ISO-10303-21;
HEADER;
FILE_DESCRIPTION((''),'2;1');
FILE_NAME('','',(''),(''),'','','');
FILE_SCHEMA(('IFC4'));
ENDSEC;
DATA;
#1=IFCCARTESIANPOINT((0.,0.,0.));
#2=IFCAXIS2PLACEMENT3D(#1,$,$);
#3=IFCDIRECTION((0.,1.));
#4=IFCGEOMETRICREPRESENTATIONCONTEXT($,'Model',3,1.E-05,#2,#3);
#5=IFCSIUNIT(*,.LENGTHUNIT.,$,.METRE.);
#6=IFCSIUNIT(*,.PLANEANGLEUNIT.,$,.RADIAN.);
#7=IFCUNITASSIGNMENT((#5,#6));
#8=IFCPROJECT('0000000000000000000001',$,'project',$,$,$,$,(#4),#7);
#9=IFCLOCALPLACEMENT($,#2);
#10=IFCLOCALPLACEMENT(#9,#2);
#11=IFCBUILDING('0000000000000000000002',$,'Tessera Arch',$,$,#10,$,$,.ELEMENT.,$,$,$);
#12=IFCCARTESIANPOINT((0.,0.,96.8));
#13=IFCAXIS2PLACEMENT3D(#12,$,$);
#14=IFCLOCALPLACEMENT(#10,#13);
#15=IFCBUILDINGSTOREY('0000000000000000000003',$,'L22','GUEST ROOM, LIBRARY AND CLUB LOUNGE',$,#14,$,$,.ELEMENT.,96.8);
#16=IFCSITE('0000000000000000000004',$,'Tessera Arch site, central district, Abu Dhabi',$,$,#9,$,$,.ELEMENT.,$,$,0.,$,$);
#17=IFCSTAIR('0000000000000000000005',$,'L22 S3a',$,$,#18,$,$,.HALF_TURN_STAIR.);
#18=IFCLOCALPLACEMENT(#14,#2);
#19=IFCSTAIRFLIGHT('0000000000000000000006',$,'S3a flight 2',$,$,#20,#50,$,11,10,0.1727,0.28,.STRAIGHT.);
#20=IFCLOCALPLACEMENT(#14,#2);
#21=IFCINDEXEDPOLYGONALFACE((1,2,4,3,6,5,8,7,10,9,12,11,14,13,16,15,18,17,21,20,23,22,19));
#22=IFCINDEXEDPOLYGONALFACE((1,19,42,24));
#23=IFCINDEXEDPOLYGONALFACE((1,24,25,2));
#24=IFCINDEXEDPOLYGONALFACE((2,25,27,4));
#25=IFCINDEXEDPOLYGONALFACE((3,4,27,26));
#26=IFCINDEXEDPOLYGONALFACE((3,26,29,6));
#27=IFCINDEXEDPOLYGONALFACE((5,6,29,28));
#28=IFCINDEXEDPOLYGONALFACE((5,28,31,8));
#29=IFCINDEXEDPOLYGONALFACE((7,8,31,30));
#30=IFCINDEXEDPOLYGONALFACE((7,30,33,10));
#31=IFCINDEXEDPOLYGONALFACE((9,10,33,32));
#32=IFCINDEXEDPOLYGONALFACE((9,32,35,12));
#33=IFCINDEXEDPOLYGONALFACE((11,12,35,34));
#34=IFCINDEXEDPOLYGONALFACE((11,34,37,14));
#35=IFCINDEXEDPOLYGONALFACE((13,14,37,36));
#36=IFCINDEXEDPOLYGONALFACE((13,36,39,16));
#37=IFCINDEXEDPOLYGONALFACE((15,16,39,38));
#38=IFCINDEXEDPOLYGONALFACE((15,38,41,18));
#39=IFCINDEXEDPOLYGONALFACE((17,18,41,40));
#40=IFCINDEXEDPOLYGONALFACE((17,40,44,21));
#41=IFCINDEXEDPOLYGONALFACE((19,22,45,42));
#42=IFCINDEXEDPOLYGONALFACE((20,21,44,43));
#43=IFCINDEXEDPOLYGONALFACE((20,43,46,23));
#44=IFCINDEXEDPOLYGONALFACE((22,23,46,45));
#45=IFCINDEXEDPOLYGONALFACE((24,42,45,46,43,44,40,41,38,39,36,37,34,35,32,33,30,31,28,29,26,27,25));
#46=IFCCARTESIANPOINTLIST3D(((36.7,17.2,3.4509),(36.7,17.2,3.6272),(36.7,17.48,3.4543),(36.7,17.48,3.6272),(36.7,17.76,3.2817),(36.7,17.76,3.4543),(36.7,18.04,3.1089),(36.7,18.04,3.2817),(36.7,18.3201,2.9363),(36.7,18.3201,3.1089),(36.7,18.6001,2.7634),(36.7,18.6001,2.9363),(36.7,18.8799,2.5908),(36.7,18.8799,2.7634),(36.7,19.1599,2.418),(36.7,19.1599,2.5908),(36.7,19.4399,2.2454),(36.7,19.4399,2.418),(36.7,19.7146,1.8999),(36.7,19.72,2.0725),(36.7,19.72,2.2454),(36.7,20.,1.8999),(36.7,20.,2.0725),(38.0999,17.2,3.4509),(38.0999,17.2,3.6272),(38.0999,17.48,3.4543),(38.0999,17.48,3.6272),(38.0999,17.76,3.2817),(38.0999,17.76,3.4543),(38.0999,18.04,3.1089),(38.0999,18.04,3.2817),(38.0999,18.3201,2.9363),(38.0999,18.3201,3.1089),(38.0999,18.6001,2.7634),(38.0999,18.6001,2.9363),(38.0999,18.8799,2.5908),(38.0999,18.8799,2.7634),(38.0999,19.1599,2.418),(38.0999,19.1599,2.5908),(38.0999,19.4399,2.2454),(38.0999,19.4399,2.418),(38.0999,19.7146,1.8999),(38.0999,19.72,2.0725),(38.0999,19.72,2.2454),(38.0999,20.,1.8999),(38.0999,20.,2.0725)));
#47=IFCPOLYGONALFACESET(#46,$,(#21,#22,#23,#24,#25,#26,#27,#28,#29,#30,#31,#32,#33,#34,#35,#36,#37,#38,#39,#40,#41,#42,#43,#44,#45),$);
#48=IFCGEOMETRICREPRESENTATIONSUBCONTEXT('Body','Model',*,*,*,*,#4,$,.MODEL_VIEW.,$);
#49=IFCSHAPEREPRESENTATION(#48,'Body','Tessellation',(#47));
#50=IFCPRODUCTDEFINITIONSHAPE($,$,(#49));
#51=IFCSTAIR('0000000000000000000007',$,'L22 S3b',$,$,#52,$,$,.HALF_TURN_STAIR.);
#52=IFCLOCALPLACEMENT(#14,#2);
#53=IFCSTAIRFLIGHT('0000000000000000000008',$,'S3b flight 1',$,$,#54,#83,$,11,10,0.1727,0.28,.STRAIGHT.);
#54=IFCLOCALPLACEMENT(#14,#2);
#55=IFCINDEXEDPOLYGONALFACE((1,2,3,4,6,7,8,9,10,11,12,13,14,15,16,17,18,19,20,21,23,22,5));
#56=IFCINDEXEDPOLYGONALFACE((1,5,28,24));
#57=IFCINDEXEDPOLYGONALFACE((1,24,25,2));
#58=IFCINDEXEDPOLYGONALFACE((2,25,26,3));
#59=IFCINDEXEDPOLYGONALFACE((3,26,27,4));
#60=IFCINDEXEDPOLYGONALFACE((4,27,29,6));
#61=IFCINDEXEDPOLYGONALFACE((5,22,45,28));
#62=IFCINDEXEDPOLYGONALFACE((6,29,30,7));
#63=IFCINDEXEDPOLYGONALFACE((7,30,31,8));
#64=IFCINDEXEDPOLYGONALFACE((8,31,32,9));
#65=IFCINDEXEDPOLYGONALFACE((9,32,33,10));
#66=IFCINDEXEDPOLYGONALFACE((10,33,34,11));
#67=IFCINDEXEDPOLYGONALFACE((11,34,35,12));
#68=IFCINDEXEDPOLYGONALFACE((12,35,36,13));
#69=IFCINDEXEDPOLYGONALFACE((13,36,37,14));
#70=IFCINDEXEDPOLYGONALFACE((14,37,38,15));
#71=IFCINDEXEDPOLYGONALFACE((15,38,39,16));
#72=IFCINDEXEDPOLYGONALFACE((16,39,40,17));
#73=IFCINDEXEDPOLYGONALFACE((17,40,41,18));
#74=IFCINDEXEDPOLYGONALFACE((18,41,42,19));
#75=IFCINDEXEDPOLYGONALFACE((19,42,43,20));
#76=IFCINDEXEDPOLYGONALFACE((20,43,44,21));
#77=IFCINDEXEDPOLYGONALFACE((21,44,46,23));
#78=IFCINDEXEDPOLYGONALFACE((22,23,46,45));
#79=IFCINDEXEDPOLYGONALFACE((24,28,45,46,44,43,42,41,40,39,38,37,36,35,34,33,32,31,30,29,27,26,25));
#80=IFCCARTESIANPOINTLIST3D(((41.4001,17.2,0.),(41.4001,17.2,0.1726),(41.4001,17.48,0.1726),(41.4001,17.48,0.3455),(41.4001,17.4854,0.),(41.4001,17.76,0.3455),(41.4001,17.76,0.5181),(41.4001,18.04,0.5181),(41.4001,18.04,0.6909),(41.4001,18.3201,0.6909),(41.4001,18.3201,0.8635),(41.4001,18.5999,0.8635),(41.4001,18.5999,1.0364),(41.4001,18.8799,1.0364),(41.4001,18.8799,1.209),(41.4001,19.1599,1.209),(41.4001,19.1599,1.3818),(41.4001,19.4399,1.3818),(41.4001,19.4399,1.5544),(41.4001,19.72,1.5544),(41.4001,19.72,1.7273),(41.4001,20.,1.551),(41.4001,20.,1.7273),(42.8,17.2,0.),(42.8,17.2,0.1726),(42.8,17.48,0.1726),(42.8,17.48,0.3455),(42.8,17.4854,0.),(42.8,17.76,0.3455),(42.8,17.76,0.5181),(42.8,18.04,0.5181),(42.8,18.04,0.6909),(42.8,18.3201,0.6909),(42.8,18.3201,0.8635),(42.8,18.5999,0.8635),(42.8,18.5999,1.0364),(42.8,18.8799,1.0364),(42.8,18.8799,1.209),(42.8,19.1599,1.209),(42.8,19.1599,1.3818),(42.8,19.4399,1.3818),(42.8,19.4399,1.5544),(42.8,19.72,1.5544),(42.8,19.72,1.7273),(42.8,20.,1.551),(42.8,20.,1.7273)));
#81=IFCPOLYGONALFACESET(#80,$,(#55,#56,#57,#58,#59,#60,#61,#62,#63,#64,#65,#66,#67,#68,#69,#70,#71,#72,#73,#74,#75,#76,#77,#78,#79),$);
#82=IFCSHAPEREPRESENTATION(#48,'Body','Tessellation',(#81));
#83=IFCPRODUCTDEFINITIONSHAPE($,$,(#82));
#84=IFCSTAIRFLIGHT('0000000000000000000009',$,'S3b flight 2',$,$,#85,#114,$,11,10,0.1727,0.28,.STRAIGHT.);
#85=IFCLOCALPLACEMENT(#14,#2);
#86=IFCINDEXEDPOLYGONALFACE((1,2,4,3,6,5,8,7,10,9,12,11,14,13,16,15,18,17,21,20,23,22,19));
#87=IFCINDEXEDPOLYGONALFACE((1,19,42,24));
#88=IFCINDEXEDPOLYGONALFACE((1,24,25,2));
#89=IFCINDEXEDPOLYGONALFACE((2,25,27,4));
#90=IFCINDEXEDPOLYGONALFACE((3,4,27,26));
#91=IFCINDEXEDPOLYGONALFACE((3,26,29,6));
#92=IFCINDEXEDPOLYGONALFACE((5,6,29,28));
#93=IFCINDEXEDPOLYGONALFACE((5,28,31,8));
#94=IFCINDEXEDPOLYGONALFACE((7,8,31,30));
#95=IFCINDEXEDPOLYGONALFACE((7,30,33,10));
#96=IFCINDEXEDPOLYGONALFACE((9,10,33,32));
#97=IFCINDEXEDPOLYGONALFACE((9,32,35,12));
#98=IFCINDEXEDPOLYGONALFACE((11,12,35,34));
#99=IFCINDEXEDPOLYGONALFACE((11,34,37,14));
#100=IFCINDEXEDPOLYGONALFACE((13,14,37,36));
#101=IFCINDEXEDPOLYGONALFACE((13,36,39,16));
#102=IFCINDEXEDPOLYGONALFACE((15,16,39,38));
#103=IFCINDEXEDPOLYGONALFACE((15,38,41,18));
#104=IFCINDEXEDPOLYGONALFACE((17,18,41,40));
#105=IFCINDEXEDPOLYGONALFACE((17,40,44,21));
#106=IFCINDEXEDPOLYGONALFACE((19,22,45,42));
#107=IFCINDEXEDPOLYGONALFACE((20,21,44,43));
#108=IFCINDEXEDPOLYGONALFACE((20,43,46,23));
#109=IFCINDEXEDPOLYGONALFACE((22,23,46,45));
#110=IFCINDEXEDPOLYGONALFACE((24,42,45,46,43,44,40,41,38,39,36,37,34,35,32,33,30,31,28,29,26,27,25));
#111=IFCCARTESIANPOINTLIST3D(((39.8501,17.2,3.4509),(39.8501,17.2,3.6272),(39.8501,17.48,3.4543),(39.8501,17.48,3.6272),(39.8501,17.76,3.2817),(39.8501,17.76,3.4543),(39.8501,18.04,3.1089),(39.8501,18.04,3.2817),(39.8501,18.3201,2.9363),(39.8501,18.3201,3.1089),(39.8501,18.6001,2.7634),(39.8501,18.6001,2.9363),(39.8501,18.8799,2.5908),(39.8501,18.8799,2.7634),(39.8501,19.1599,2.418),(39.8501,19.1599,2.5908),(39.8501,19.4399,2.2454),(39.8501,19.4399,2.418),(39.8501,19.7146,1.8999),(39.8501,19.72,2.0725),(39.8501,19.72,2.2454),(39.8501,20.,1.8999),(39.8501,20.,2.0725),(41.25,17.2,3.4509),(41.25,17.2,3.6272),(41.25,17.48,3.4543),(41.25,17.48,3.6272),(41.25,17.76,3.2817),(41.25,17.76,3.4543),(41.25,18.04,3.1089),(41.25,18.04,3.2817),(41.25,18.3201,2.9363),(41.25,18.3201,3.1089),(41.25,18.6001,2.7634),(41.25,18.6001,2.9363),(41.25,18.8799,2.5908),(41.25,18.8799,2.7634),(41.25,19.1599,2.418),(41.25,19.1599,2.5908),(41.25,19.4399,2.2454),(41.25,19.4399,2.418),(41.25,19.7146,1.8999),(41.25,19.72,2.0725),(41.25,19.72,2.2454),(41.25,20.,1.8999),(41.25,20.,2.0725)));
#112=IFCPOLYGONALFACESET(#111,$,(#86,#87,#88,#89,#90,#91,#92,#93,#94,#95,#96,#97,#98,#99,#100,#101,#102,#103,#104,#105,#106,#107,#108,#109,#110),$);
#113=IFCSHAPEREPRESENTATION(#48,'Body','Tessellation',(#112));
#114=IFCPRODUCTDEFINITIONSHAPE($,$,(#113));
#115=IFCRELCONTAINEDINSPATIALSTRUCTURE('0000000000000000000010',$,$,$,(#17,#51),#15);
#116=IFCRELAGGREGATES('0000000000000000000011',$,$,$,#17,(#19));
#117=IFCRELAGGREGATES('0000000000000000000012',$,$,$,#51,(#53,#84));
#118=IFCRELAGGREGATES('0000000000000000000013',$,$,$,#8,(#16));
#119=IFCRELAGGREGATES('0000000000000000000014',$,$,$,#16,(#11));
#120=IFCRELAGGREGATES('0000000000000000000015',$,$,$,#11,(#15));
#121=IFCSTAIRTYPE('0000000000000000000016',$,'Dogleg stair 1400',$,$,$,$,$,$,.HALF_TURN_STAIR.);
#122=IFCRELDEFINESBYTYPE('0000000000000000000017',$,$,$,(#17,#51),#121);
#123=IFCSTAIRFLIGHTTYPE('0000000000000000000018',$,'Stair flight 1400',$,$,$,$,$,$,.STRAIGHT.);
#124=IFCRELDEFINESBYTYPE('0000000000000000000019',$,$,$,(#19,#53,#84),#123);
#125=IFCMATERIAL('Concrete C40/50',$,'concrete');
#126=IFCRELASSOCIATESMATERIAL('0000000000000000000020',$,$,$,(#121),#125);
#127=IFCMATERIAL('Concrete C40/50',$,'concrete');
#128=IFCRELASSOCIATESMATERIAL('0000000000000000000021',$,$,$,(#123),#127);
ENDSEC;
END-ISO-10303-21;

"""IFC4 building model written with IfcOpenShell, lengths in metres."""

from ifc_helpers import new_model, si_unit, direction, frame, origin, place, context, subcontext, project, spatial, polyline, outline, extrude, material, type_object, element, aggregate, save


model = new_model("IFC4")

# Units and contexts
model_context = context("Model", 3, precision=1e-05, world=origin(), true_north=direction((0.0, 1.0)))
body_context = subcontext(model_context, "Body", "Model", "MODEL_VIEW")
ifc_project = project(units=[si_unit("LENGTHUNIT", "METRE"), si_unit("PLANEANGLEUNIT", "RADIAN")], contexts=[model_context])

# Site, building, storey
site_placement = place(None, origin())
site = spatial("IfcSite", under=ifc_project, at=site_placement, Name="Tessera Arch site, central district, Abu Dhabi", CompositionType="ELEMENT", RefElevation=0.0)
building_placement = place(site_placement, origin())
building = spatial("IfcBuilding", under=site, at=building_placement, Name="Tessera Arch", CompositionType="ELEMENT")
storey_placement = place(building_placement, frame((0.0, 0.0, 96.8)))
storey = spatial("IfcBuildingStorey", under=building, at=storey_placement, Name="L22", Description="GUEST ROOM, LIBRARY AND CLUB LOUNGE", CompositionType="ELEMENT", Elevation=96.8)

# Stairs, stair flights
ifc_material_1 = material(Name="Concrete C40/50", Category="concrete")
stair_type = type_object("IfcStairType", Name="Dogleg stair 1400", PredefinedType="HALF_TURN_STAIR", material=ifc_material_1)
stair_1_placement = place(storey_placement, origin())
stair_1 = element("IfcStair", 1, at=stair_1_placement, inside=storey, type_object=stair_type, Name="L22 S3a", PredefinedType="HALF_TURN_STAIR")
ifc_material_2 = material(Name="Concrete C40/50", Category="concrete")
stair_flight_type = type_object("IfcStairFlightType", Name="Stair flight 1400", PredefinedType="STRAIGHT", material=ifc_material_2)
stair_flight_1_placement = place(storey_placement, frame((37.3999, 20.0, 1.8999), z_axis=(0.0, 0.0, 1.0), x_axis=(0.0, -1.0, 0.0)))
stair_flight_1 = element("IfcStairFlight", 2, at=stair_flight_1_placement, type_object=stair_flight_type, Name="S3a flight 2", NumberOfRisers=11, NumberOfTreads=10, PredefinedType="STRAIGHT", RiserHeight=0.1727, TreadLength=0.28, context=body_context, shape_type="SweptSolid", body=[
    extrude(outline(polyline([(0.0, 0.0), (0.0, 0.1726), (0.28, 0.1726), (0.28, 0.3455), (0.5601, 0.3455), (0.5601, 0.5181), (0.8401, 0.5181), (0.8401, 0.6909), (1.1201, 0.6909), (1.1201, 0.8635), (1.3999, 0.8635), (1.3999, 1.0364), (1.6799, 1.0364), (1.6799, 1.209), (1.96, 1.209), (1.96, 1.3818), (2.24, 1.3818), (2.24, 1.5544), (2.52, 1.5544), (2.52, 1.7273), (2.8, 1.7273), (2.8, 1.8999), (2.8, 1.551), (0.2854, 0.0), (0.0, 0.0)])), frame((0.0, 0.7, 0.0), z_axis=(0.0, -1.0, 0.0), x_axis=(1.0, 0.0, 0.0)), (0.0, 0.0, 1.0), 1.3999),
])
aggregate(stair_1, [stair_flight_1])
stair_2_placement = place(storey_placement, origin())
stair_2 = element("IfcStair", 3, at=stair_2_placement, inside=storey, type_object=stair_type, Name="L22 S3b", PredefinedType="HALF_TURN_STAIR")
stair_flight_2_placement = place(storey_placement, frame((42.1001, 17.2, 0.0), z_axis=(0.0, 0.0, 1.0), x_axis=(0.0, 1.0, 0.0)))
stair_flight_2 = element("IfcStairFlight", 4, at=stair_flight_2_placement, type_object=stair_flight_type, Name="S3b flight 1", NumberOfRisers=11, NumberOfTreads=10, PredefinedType="STRAIGHT", RiserHeight=0.1727, TreadLength=0.28, context=body_context, shape_type="SweptSolid", body=[
    extrude(outline(polyline([(0.0, 0.0), (0.0, 0.1726), (0.28, 0.1726), (0.28, 0.3455), (0.5601, 0.3455), (0.5601, 0.5181), (0.8401, 0.5181), (0.8401, 0.6909), (1.1201, 0.6909), (1.1201, 0.8635), (1.3999, 0.8635), (1.3999, 1.0364), (1.6799, 1.0364), (1.6799, 1.209), (1.96, 1.209), (1.96, 1.3818), (2.24, 1.3818), (2.24, 1.5544), (2.52, 1.5544), (2.52, 1.7273), (2.8, 1.7273), (2.8, 1.8999), (2.8, 1.551), (0.2854, 0.0), (0.0, 0.0)])), frame((0.0, 0.7, 0.0), z_axis=(0.0, -1.0, 0.0), x_axis=(1.0, 0.0, 0.0)), (0.0, 0.0, 1.0), 1.3999),
])
stair_flight_3_placement = place(storey_placement, frame((40.55, 20.0, 1.8999), z_axis=(0.0, 0.0, 1.0), x_axis=(0.0, -1.0, 0.0)))
stair_flight_3 = element("IfcStairFlight", 5, at=stair_flight_3_placement, type_object=stair_flight_type, Name="S3b flight 2", NumberOfRisers=11, NumberOfTreads=10, PredefinedType="STRAIGHT", RiserHeight=0.1727, TreadLength=0.28, context=body_context, shape_type="SweptSolid", body=[
    extrude(outline(polyline([(0.0, 0.0), (0.0, 0.1726), (0.28, 0.1726), (0.28, 0.3455), (0.5601, 0.3455), (0.5601, 0.5181), (0.8401, 0.5181), (0.8401, 0.6909), (1.1201, 0.6909), (1.1201, 0.8635), (1.3999, 0.8635), (1.3999, 1.0364), (1.6799, 1.0364), (1.6799, 1.209), (1.96, 1.209), (1.96, 1.3818), (2.24, 1.3818), (2.24, 1.5544), (2.52, 1.5544), (2.52, 1.7273), (2.8, 1.7273), (2.8, 1.8999), (2.8, 1.551), (0.2854, 0.0), (0.0, 0.0)])), frame((0.0, 0.7, 0.0), z_axis=(0.0, -1.0, 0.0), x_axis=(1.0, 0.0, 0.0)), (0.0, 0.0, 1.0), 1.3999),
])
aggregate(stair_2, [stair_flight_2, stair_flight_3])

save(model, "model.ifc")
